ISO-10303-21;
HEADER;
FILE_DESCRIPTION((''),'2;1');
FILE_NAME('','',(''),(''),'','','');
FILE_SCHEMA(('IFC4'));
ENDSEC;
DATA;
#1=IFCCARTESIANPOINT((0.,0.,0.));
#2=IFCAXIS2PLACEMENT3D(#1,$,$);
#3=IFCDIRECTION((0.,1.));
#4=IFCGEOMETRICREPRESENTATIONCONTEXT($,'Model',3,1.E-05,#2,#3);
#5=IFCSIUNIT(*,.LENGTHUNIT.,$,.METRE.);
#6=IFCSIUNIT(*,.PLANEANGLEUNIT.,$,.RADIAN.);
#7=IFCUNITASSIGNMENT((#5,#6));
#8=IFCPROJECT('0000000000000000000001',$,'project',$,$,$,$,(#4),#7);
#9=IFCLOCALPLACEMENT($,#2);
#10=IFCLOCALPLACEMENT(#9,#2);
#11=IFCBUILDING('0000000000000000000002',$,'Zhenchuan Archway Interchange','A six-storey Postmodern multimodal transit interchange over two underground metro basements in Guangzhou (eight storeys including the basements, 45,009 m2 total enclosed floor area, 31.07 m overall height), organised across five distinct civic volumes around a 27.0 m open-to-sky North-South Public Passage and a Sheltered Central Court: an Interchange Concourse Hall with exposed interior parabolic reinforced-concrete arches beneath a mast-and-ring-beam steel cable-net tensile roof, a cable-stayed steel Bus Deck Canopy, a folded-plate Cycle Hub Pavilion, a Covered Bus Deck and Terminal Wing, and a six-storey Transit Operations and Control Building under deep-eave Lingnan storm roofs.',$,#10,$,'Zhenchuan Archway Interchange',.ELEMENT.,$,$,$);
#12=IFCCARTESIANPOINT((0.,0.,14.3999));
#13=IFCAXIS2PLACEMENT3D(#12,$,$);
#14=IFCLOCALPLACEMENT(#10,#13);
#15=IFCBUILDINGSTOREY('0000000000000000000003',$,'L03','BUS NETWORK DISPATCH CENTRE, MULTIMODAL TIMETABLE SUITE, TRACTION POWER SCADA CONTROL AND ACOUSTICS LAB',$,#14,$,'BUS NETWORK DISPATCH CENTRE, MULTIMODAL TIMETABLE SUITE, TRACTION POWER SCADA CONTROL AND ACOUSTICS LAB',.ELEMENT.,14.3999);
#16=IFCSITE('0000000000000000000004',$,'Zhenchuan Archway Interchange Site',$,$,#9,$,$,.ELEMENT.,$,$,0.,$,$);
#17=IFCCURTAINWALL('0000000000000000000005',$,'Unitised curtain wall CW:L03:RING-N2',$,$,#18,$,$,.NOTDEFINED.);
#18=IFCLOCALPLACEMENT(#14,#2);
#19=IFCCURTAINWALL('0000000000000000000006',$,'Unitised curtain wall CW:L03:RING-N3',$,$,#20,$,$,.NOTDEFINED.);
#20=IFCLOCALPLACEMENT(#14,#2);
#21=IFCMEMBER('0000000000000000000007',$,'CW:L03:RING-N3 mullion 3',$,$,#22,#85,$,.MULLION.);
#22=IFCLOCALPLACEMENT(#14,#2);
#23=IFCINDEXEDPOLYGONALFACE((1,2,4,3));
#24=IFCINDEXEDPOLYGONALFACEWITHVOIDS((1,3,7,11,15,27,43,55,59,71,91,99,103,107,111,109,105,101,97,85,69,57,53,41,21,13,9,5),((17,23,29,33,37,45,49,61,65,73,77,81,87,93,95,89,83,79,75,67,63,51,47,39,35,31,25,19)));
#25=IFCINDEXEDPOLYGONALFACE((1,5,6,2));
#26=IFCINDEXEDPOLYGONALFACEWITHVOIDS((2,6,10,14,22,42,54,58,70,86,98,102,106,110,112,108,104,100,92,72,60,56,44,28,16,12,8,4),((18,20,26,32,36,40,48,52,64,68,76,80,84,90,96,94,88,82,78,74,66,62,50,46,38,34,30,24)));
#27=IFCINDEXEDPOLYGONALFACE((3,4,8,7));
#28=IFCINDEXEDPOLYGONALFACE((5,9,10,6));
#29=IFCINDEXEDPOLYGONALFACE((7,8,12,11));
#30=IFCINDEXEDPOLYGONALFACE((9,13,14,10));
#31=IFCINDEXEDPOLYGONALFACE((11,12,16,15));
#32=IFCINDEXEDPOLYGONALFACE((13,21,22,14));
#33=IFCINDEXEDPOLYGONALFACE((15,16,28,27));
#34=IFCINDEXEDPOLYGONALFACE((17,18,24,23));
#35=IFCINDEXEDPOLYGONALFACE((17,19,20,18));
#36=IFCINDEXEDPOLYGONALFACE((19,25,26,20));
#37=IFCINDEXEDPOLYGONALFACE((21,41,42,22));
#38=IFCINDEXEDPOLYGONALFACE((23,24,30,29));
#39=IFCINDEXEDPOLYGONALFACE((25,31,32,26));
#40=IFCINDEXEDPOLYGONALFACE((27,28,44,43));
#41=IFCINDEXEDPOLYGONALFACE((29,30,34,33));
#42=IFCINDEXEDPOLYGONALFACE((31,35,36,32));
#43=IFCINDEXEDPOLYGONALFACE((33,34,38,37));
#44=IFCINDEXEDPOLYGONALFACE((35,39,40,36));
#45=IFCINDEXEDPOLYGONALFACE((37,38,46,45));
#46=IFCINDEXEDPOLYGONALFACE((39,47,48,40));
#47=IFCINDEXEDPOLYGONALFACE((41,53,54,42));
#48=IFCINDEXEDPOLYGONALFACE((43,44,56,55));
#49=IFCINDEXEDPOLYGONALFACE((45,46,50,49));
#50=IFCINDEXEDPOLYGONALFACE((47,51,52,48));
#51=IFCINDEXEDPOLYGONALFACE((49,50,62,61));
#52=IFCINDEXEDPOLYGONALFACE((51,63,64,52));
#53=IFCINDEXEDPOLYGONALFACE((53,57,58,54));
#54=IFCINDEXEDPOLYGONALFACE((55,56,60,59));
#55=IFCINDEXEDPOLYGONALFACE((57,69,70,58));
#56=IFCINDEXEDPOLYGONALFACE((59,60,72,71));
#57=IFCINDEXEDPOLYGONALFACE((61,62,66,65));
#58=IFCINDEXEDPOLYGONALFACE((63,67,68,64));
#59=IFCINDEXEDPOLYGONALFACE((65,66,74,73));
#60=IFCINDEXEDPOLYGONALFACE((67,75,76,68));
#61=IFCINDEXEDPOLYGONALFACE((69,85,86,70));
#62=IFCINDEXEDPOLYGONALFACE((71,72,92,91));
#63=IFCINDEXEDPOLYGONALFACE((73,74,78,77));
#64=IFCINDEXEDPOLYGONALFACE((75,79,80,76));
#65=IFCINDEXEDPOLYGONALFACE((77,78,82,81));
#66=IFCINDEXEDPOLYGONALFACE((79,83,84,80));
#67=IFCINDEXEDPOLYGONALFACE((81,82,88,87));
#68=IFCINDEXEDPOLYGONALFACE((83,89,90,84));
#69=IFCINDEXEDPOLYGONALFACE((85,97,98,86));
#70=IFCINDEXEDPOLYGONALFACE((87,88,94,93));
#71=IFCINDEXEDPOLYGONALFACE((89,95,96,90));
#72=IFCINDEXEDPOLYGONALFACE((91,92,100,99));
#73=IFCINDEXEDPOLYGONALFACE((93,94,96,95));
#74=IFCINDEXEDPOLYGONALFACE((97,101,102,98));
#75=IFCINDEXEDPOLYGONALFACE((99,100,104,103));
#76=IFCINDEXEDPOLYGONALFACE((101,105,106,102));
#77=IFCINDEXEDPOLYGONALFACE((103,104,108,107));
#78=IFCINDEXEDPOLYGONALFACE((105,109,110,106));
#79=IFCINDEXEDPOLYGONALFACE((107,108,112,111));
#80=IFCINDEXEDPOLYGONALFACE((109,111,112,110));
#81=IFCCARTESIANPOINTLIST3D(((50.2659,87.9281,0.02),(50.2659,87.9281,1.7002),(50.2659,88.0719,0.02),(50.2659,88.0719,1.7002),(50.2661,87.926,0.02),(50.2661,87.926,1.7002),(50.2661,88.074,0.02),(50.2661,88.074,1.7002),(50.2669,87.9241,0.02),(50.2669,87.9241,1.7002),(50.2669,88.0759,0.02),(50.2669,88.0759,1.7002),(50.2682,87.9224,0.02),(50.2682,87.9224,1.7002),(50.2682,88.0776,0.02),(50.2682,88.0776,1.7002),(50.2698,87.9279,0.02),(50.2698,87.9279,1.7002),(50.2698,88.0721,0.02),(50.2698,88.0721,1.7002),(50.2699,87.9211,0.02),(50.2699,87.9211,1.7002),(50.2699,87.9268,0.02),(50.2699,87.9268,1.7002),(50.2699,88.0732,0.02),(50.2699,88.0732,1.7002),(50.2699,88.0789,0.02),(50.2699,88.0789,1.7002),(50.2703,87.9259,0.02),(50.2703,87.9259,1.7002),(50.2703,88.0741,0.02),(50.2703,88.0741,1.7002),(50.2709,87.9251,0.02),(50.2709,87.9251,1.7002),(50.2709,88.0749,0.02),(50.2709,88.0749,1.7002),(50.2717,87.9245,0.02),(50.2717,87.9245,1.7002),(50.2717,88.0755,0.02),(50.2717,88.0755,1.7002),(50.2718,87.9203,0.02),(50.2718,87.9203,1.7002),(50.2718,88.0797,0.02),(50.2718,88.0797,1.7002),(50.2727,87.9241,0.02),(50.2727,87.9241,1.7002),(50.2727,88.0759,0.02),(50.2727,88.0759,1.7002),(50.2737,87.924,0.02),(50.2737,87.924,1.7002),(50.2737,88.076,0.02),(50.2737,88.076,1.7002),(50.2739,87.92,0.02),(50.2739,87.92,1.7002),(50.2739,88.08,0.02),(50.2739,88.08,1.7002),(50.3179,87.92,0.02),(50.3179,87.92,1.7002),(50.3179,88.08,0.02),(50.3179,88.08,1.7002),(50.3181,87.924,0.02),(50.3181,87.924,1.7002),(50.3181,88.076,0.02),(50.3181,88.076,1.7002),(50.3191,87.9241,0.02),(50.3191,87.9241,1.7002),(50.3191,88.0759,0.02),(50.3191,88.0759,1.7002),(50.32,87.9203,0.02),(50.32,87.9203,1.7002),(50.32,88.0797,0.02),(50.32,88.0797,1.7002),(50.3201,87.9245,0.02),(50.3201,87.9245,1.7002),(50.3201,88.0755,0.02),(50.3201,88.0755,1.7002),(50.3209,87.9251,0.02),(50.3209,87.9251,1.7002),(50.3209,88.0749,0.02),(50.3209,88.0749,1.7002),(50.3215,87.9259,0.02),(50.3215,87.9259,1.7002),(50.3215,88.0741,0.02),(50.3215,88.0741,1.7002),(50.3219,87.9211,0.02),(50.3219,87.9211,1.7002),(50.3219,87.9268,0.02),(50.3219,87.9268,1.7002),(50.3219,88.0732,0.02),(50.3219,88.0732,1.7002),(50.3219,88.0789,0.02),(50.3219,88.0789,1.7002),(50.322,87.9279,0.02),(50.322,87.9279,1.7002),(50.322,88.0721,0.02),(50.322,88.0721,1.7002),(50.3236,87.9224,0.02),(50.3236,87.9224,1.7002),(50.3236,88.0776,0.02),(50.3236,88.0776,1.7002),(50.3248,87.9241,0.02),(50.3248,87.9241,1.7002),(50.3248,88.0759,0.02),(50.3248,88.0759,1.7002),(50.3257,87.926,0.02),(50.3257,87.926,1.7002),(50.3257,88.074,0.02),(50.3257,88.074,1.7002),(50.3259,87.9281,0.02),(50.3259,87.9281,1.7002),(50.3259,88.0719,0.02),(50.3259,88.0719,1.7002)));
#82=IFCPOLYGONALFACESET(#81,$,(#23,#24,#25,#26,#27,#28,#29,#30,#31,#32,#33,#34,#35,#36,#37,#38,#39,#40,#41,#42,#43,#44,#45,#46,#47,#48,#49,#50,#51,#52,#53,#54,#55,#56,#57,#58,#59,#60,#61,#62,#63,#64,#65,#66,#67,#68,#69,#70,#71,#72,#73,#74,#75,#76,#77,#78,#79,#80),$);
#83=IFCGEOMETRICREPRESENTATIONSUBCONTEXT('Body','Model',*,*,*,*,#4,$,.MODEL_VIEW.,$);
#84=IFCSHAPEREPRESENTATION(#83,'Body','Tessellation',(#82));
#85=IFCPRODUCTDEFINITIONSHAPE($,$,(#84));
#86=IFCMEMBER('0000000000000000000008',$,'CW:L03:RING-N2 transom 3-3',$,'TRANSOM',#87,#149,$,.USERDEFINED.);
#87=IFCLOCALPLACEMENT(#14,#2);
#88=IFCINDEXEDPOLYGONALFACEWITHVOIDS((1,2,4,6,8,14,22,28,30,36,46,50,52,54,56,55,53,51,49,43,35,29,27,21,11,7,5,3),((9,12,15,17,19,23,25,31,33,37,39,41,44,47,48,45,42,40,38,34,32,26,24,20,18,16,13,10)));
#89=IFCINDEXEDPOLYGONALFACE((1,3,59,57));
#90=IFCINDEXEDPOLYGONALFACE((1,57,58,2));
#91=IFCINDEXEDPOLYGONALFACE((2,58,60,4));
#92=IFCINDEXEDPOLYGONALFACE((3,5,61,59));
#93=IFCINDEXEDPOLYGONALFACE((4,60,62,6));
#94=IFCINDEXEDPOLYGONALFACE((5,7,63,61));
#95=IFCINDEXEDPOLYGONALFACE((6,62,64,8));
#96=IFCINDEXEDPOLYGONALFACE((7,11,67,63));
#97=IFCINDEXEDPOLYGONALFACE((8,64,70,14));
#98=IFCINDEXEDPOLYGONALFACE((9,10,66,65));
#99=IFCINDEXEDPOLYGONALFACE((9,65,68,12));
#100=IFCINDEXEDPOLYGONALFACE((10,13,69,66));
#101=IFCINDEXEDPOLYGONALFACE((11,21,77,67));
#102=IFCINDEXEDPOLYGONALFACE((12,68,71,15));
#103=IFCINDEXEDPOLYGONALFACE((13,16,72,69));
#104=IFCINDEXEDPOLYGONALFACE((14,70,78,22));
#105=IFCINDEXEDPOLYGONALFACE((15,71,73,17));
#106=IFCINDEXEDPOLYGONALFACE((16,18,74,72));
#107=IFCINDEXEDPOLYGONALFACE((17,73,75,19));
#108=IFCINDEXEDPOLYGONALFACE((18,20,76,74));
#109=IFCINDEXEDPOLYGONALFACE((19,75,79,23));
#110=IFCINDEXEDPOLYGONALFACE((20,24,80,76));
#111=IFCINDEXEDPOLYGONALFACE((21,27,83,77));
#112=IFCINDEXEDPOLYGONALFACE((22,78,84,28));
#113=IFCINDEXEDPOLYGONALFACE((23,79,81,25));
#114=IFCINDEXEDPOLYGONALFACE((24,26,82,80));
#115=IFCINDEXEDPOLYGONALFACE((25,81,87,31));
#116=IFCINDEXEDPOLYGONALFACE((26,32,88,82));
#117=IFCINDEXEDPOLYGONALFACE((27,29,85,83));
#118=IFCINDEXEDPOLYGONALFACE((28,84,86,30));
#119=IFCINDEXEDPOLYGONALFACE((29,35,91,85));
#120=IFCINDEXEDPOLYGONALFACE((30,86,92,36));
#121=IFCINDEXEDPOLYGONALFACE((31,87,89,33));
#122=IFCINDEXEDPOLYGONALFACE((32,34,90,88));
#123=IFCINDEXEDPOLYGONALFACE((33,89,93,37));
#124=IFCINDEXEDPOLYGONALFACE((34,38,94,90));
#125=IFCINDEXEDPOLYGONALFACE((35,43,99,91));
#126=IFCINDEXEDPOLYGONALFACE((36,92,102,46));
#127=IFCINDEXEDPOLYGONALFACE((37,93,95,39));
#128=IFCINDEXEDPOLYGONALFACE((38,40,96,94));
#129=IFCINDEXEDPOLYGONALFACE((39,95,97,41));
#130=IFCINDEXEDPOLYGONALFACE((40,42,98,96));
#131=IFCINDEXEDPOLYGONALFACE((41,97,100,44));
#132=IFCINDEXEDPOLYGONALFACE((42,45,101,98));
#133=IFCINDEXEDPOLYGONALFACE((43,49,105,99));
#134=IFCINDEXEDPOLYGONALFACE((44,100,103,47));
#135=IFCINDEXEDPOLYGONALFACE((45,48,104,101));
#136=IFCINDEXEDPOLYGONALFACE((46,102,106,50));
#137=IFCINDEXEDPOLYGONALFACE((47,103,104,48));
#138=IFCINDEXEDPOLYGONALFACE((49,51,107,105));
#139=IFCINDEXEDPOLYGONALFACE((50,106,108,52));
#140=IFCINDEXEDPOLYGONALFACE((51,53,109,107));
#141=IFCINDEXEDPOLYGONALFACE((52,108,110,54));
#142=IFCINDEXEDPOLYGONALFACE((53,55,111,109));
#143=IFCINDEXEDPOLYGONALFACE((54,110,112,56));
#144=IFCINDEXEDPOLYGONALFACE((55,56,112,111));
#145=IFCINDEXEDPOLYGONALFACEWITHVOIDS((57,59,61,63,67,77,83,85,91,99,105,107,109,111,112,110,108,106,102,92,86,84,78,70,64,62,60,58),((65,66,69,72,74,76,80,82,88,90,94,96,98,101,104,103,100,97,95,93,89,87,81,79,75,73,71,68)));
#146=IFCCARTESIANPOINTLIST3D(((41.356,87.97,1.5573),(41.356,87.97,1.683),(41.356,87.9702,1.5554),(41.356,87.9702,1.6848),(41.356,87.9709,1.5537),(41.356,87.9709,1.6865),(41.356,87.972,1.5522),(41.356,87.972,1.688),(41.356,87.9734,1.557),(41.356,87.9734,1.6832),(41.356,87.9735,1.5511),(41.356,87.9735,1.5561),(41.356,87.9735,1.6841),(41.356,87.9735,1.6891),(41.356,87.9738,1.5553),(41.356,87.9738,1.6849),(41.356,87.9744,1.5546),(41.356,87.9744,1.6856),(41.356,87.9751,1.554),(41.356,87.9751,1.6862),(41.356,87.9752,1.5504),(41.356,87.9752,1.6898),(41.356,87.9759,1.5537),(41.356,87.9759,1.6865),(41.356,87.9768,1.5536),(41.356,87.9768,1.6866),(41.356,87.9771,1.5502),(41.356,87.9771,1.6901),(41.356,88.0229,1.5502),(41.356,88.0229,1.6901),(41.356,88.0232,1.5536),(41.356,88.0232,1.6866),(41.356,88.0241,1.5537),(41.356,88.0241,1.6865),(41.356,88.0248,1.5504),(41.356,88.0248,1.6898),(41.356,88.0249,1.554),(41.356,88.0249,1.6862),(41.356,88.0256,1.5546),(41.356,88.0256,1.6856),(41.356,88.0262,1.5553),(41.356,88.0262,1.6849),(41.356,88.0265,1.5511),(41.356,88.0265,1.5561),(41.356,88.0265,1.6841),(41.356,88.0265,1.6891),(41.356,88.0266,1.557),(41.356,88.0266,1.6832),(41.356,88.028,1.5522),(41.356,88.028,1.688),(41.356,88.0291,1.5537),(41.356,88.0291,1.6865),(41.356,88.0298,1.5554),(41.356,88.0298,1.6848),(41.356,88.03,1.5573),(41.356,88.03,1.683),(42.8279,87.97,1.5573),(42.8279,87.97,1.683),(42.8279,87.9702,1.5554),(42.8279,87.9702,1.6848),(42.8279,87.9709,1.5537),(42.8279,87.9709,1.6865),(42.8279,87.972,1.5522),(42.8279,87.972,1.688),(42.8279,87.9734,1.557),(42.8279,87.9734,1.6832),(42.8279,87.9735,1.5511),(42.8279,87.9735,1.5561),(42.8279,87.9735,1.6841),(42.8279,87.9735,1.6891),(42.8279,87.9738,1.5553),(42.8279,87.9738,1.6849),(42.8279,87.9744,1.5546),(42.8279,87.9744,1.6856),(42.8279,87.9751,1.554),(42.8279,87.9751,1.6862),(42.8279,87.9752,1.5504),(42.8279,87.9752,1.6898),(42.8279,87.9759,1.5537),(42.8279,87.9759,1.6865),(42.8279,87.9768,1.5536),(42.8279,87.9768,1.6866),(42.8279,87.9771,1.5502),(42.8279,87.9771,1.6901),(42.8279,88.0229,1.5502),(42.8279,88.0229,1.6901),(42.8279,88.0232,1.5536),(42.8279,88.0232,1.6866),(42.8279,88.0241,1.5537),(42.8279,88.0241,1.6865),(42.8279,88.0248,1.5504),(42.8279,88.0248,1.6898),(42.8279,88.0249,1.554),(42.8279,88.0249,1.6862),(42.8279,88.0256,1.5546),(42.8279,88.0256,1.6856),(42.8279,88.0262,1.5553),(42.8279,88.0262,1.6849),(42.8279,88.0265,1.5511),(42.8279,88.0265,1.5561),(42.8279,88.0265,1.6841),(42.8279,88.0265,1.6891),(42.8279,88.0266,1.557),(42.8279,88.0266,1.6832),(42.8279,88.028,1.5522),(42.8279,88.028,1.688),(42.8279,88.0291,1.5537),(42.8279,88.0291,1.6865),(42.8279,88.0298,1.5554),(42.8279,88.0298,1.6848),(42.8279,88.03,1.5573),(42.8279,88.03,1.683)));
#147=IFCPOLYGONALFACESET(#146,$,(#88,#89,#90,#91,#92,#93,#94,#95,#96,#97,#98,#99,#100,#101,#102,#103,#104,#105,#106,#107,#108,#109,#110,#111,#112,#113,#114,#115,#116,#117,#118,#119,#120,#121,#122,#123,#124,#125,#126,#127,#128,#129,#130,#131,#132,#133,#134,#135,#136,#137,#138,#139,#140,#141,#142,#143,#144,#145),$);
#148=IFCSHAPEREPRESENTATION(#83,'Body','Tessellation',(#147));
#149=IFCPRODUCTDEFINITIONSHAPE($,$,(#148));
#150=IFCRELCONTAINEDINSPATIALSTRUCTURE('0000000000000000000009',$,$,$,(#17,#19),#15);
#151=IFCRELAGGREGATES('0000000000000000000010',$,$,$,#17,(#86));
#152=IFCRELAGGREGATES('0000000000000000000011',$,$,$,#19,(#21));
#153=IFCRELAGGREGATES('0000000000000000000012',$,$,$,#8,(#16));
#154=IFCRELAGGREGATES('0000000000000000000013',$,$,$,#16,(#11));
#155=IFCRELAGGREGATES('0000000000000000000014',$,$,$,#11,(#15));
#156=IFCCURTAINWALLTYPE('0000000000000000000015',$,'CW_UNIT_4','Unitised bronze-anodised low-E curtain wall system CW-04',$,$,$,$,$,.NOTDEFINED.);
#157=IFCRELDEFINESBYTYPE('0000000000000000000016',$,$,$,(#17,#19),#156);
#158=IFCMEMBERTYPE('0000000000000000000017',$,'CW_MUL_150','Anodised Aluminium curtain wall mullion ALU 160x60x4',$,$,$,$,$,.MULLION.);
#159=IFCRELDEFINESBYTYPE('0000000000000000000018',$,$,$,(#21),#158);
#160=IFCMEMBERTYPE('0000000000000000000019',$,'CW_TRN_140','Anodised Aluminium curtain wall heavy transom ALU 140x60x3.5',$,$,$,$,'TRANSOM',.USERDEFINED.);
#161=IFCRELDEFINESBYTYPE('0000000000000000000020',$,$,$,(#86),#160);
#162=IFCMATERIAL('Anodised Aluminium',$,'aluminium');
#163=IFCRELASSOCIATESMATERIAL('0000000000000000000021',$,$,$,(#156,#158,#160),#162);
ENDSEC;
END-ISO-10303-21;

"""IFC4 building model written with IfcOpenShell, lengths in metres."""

from ifc_helpers import new_model, si_unit, direction, frame, origin, origin_2d, place, context, subcontext, project, spatial, hollow_rectangle, extrude, material, material_profile, profile_set, type_object, element, aggregate, save


model = new_model("IFC4")

# Units and contexts
model_context = context("Model", 3, precision=1e-05, world=origin(), true_north=direction((0.0, 1.0)))
body_context = subcontext(model_context, "Body", "Model", "MODEL_VIEW")
ifc_project = project(units=[si_unit("LENGTHUNIT", "METRE"), si_unit("PLANEANGLEUNIT", "RADIAN")], contexts=[model_context])

# Site, building, storey
site_placement = place(None, origin())
site = spatial("IfcSite", under=ifc_project, at=site_placement, Name="Zhenchuan Archway Interchange Site", CompositionType="ELEMENT", RefElevation=0.0)
building_placement = place(site_placement, origin())
building = spatial("IfcBuilding", under=site, at=building_placement, Name="Zhenchuan Archway Interchange", Description="A six-storey Postmodern multimodal transit interchange over two underground metro basements in Guangzhou (eight storeys including the basements, 45,009 m2 total enclosed floor area, 31.07 m overall height), organised across five distinct civic volumes around a 27.0 m open-to-sky North-South Public Passage and a Sheltered Central Court: an Interchange Concourse Hall with exposed interior parabolic reinforced-concrete arches beneath a mast-and-ring-beam steel cable-net tensile roof, a cable-stayed steel Bus Deck Canopy, a folded-plate Cycle Hub Pavilion, a Covered Bus Deck and Terminal Wing, and a six-storey Transit Operations and Control Building under deep-eave Lingnan storm roofs.", LongName="Zhenchuan Archway Interchange", CompositionType="ELEMENT")
storey_placement = place(building_placement, frame((0.0, 0.0, 14.3999)))
storey = spatial("IfcBuildingStorey", under=building, at=storey_placement, Name="L03", Description="BUS NETWORK DISPATCH CENTRE, MULTIMODAL TIMETABLE SUITE, TRACTION POWER SCADA CONTROL AND ACOUSTICS LAB", LongName="BUS NETWORK DISPATCH CENTRE, MULTIMODAL TIMETABLE SUITE, TRACTION POWER SCADA CONTROL AND ACOUSTICS LAB", CompositionType="ELEMENT", Elevation=14.3999)

# Curtain walls, member
ifc_material_1 = material(Name="Anodised Aluminium", Category="aluminium")
curtain_wall_type = type_object("IfcCurtainWallType", Name="CW_UNIT_4", Description="Unitised bronze-anodised low-E curtain wall system CW-04", PredefinedType="NOTDEFINED", material=ifc_material_1)
curtain_wall_1_placement = place(storey_placement, origin())
curtain_wall_1 = element("IfcCurtainWall", 1, at=curtain_wall_1_placement, inside=storey, type_object=curtain_wall_type, Name="Unitised curtain wall CW:L03:RING-N2", PredefinedType="NOTDEFINED")
ifc_material_profile_1 = material_profile(ifc_material_1, hollow_rectangle(XDim=0.0601, YDim=0.1599, WallThickness=0.0039, InnerFilletRadius=0.0039, OuterFilletRadius=0.0081, at=origin_2d()), Name="ALU 160x60x4")
ifc_profile_set_1 = profile_set([ifc_material_profile_1], Name="Anodised Aluminium")
member_type_1 = type_object("IfcMemberType", Name="CW_MUL_150", Description="Anodised Aluminium curtain wall mullion ALU 160x60x4", PredefinedType="MULLION", material=ifc_profile_set_1)
curtain_wall_2_placement = place(storey_placement, origin())
curtain_wall_2 = element("IfcCurtainWall", 2, at=curtain_wall_2_placement, inside=storey, type_object=curtain_wall_type, Name="Unitised curtain wall CW:L03:RING-N3", PredefinedType="NOTDEFINED")
member_1_placement = place(storey_placement, frame((50.2959, 88.0, 0.02), z_axis=(0.0, 0.0, 1.0), x_axis=(1.0, 0.0, 0.0)))
member_1 = element("IfcMember", 3, at=member_1_placement, type_object=member_type_1, Name="CW:L03:RING-N3 mullion 3", PredefinedType="MULLION", context=body_context, shape_type="SweptSolid", body=[
    extrude(hollow_rectangle(XDim=0.0601, YDim=0.1599, WallThickness=0.0039, InnerFilletRadius=0.0039, OuterFilletRadius=0.0081, at=origin_2d()), origin(), (0.0, 0.0, 1.0), 1.6802),
])

# Member
ifc_material_profile_2 = material_profile(ifc_material_1, hollow_rectangle(XDim=0.0601, YDim=0.1399, WallThickness=0.0034, InnerFilletRadius=0.0034, OuterFilletRadius=0.0071, at=origin_2d()), Name="ALU 140x60x3.5")
ifc_profile_set_2 = profile_set([ifc_material_profile_2], Name="Anodised Aluminium")
member_type_2 = type_object("IfcMemberType", Name="CW_TRN_140", Description="Anodised Aluminium curtain wall heavy transom ALU 140x60x3.5", ElementType="TRANSOM", PredefinedType="USERDEFINED", material=ifc_profile_set_2)
member_2_placement = place(storey_placement, frame((41.356, 88.0, 1.6201), z_axis=(1.0, 0.0, 0.0), x_axis=(0.0, 1.0, 0.0)))
member_2 = element("IfcMember", 4, at=member_2_placement, type_object=member_type_2, Name="CW:L03:RING-N2 transom 3-3", ObjectType="TRANSOM", PredefinedType="USERDEFINED", context=body_context, shape_type="SweptSolid", body=[
    extrude(hollow_rectangle(XDim=0.0601, YDim=0.1399, WallThickness=0.0034, InnerFilletRadius=0.0034, OuterFilletRadius=0.0071, at=origin_2d()), origin(), (0.0, 0.0, 1.0), 1.4719),
])

aggregate(curtain_wall_1, [member_2])
aggregate(curtain_wall_2, [member_1])

save(model, "model.ifc")
